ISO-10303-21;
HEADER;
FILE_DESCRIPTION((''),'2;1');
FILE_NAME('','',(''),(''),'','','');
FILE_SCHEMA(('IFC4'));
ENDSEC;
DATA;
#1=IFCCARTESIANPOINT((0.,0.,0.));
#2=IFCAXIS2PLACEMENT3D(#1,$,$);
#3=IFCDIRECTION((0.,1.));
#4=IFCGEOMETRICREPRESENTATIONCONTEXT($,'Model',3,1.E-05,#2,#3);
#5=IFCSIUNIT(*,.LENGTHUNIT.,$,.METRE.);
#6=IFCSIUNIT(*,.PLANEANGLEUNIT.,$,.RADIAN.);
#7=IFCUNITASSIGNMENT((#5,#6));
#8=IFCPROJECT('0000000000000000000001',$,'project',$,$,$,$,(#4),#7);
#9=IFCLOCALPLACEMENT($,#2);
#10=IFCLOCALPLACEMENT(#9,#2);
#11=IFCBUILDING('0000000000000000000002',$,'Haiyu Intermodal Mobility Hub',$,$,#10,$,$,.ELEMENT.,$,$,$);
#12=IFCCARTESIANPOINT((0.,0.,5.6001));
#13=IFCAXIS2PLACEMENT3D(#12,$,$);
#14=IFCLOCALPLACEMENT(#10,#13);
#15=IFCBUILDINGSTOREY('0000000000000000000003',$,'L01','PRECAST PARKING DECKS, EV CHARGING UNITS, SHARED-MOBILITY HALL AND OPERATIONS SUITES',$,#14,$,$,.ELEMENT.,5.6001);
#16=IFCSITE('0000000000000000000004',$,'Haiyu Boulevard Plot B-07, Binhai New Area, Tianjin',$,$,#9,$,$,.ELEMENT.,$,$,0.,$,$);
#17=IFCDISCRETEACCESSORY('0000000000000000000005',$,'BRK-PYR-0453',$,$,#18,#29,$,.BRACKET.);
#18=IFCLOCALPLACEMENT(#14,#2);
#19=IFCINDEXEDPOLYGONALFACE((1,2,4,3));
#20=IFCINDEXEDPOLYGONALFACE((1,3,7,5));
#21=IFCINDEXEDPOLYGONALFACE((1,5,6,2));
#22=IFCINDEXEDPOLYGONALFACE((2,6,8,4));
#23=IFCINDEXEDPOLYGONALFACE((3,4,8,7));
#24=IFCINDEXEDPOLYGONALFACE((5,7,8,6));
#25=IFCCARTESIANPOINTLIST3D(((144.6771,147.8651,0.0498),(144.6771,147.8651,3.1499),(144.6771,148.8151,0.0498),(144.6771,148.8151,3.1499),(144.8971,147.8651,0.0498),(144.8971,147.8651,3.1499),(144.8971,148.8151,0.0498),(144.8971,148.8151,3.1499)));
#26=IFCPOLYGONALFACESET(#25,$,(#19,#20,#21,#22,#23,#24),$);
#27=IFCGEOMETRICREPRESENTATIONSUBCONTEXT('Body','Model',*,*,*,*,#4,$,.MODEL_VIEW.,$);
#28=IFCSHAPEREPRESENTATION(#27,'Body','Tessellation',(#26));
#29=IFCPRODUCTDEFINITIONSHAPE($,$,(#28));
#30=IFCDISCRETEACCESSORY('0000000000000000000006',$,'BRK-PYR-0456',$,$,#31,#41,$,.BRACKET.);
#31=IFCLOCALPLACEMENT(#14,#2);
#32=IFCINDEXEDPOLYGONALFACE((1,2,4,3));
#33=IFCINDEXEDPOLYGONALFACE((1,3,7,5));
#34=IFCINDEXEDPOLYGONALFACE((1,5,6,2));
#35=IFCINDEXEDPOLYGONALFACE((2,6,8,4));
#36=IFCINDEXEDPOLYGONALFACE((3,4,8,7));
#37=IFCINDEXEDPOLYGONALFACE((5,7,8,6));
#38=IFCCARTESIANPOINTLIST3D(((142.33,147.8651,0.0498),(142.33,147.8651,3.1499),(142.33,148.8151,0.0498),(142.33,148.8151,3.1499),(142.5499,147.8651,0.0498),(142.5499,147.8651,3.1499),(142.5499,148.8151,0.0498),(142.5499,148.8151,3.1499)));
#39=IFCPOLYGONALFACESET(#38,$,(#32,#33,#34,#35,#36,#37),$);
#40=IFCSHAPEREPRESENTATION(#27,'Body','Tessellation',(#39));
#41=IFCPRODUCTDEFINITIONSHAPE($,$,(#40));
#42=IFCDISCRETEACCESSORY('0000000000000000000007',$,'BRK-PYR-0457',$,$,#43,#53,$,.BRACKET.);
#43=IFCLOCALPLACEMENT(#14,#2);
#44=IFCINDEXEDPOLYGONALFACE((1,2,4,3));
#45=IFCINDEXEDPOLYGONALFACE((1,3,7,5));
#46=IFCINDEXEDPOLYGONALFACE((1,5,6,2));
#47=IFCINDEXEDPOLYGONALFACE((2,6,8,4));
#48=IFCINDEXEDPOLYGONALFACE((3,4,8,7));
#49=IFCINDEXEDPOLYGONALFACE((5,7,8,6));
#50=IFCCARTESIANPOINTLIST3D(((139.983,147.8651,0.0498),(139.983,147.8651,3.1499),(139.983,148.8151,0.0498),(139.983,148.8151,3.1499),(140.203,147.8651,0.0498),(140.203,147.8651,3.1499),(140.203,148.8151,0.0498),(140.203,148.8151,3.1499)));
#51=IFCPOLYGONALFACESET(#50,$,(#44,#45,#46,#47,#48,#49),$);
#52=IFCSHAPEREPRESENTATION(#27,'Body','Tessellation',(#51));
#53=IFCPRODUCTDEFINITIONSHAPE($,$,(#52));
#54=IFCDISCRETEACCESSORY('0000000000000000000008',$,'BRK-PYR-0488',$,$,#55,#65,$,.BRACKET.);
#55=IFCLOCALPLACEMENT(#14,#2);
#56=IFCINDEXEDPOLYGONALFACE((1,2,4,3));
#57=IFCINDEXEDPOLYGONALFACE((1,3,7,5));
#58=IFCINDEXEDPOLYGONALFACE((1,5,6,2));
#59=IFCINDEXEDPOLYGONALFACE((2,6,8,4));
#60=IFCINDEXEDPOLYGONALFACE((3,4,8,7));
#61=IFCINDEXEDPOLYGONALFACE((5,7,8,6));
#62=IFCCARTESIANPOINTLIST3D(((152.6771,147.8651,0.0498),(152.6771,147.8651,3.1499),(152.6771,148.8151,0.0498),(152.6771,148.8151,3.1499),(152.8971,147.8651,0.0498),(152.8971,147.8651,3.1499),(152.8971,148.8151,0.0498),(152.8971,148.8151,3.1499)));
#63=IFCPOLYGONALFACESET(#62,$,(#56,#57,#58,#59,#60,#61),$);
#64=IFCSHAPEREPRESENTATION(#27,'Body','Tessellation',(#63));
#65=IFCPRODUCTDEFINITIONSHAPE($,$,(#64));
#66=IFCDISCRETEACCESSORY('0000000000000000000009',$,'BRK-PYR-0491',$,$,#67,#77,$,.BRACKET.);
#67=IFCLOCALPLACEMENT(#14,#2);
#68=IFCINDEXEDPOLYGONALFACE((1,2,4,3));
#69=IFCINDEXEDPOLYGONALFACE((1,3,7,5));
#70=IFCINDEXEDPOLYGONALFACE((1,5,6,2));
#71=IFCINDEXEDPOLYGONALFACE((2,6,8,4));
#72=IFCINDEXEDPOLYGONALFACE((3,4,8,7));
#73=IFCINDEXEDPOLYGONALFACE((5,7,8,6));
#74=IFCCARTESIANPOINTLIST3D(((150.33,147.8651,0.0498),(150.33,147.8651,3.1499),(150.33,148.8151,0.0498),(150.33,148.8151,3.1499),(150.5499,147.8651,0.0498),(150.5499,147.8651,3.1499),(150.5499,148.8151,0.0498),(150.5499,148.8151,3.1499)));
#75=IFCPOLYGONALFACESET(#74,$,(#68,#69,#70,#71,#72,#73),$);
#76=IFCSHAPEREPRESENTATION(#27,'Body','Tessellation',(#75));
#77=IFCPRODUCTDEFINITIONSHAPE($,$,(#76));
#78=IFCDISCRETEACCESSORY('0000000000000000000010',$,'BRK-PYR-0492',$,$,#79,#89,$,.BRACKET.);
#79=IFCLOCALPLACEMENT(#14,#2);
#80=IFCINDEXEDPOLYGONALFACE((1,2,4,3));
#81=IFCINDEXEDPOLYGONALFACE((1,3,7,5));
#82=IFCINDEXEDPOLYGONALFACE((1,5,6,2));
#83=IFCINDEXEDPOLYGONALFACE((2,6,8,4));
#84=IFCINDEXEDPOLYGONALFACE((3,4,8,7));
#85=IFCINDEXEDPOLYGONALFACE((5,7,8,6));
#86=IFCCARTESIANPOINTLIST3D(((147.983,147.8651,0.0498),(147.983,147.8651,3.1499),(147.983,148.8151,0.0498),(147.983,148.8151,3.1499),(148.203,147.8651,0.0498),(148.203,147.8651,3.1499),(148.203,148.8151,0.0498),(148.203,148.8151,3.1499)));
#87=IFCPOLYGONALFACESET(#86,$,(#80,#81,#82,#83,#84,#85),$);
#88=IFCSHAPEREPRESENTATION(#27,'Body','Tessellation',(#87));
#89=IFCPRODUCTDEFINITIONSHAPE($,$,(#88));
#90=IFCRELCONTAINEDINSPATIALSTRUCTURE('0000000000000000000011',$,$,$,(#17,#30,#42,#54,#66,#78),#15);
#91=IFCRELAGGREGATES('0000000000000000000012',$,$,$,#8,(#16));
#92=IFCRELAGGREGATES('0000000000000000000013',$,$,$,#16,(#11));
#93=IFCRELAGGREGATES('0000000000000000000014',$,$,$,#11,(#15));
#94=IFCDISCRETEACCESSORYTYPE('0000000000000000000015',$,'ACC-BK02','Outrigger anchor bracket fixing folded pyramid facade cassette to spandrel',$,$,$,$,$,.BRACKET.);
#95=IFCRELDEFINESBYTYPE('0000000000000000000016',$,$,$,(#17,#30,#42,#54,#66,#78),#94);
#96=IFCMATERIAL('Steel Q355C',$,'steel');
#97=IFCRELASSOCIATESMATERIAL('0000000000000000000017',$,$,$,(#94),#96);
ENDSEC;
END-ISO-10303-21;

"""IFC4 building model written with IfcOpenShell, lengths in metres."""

from ifc_helpers import new_model, si_unit, direction, frame, origin, origin_2d, place, context, subcontext, project, spatial, rectangle, extrude, material, type_object, element, save


model = new_model("IFC4")

# Units and contexts
model_context = context("Model", 3, precision=1e-05, world=origin(), true_north=direction((0.0, 1.0)))
body_context = subcontext(model_context, "Body", "Model", "MODEL_VIEW")
ifc_project = project(units=[si_unit("LENGTHUNIT", "METRE"), si_unit("PLANEANGLEUNIT", "RADIAN")], contexts=[model_context])

# Site, building, storey
site_placement = place(None, origin())
site = spatial("IfcSite", under=ifc_project, at=site_placement, Name="Haiyu Boulevard Plot B-07, Binhai New Area, Tianjin", CompositionType="ELEMENT", RefElevation=0.0)
building_placement = place(site_placement, origin())
building = spatial("IfcBuilding", under=site, at=building_placement, Name="Haiyu Intermodal Mobility Hub", CompositionType="ELEMENT")
storey_placement = place(building_placement, frame((0.0, 0.0, 5.6001)))
storey = spatial("IfcBuildingStorey", under=building, at=storey_placement, Name="L01", Description="PRECAST PARKING DECKS, EV CHARGING UNITS, SHARED-MOBILITY HALL AND OPERATIONS SUITES", CompositionType="ELEMENT", Elevation=5.6001)

# Shared definitions
ifc_material_1 = material(Name="Steel Q355C", Category="steel")

# Discrete accessories
discrete_accessory_type_1 = type_object("IfcDiscreteAccessoryType", Name="ACC-BK02", Description="Outrigger anchor bracket fixing folded pyramid facade cassette to spandrel", PredefinedType="BRACKET", material=ifc_material_1)
for number, where, z_axis, x_axis, name in (
    (1, (144.7871, 148.3401, 0.0498), (0.0, 0.0, 1.0), (1.0, 0.0, 0.0), "BRK-PYR-0453"),
    (2, (142.4399, 148.3401, 0.0498), (0.0, 0.0, 1.0), (1.0, 0.0, 0.0), "BRK-PYR-0456"),
    (3, (140.093, 148.3401, 0.0498), (0.0, 0.0, 1.0), (1.0, 0.0, 0.0), "BRK-PYR-0457"),
    (4, (152.7871, 148.3401, 0.0498), (0.0, 0.0, 1.0), (1.0, 0.0, 0.0), "BRK-PYR-0488"),
    (5, (150.4399, 148.3401, 0.0498), (0.0, 0.0, 1.0), (1.0, 0.0, 0.0), "BRK-PYR-0491"),
    (6, (148.093, 148.3401, 0.0498), (0.0, 0.0, 1.0), (1.0, 0.0, 0.0), "BRK-PYR-0492"),
):
    element("IfcDiscreteAccessory", number, at=place(storey_placement, frame(where, z_axis=z_axis, x_axis=x_axis)), inside=storey, type_object=discrete_accessory_type_1, Name=name, PredefinedType="BRACKET", context=body_context, shape_type="SweptSolid", body=[
        extrude(rectangle(XDim=0.22, YDim=0.95, at=origin_2d()), origin(), (0.0, 0.0, 1.0), 3.1001),
    ])

save(model, "model.ifc")
